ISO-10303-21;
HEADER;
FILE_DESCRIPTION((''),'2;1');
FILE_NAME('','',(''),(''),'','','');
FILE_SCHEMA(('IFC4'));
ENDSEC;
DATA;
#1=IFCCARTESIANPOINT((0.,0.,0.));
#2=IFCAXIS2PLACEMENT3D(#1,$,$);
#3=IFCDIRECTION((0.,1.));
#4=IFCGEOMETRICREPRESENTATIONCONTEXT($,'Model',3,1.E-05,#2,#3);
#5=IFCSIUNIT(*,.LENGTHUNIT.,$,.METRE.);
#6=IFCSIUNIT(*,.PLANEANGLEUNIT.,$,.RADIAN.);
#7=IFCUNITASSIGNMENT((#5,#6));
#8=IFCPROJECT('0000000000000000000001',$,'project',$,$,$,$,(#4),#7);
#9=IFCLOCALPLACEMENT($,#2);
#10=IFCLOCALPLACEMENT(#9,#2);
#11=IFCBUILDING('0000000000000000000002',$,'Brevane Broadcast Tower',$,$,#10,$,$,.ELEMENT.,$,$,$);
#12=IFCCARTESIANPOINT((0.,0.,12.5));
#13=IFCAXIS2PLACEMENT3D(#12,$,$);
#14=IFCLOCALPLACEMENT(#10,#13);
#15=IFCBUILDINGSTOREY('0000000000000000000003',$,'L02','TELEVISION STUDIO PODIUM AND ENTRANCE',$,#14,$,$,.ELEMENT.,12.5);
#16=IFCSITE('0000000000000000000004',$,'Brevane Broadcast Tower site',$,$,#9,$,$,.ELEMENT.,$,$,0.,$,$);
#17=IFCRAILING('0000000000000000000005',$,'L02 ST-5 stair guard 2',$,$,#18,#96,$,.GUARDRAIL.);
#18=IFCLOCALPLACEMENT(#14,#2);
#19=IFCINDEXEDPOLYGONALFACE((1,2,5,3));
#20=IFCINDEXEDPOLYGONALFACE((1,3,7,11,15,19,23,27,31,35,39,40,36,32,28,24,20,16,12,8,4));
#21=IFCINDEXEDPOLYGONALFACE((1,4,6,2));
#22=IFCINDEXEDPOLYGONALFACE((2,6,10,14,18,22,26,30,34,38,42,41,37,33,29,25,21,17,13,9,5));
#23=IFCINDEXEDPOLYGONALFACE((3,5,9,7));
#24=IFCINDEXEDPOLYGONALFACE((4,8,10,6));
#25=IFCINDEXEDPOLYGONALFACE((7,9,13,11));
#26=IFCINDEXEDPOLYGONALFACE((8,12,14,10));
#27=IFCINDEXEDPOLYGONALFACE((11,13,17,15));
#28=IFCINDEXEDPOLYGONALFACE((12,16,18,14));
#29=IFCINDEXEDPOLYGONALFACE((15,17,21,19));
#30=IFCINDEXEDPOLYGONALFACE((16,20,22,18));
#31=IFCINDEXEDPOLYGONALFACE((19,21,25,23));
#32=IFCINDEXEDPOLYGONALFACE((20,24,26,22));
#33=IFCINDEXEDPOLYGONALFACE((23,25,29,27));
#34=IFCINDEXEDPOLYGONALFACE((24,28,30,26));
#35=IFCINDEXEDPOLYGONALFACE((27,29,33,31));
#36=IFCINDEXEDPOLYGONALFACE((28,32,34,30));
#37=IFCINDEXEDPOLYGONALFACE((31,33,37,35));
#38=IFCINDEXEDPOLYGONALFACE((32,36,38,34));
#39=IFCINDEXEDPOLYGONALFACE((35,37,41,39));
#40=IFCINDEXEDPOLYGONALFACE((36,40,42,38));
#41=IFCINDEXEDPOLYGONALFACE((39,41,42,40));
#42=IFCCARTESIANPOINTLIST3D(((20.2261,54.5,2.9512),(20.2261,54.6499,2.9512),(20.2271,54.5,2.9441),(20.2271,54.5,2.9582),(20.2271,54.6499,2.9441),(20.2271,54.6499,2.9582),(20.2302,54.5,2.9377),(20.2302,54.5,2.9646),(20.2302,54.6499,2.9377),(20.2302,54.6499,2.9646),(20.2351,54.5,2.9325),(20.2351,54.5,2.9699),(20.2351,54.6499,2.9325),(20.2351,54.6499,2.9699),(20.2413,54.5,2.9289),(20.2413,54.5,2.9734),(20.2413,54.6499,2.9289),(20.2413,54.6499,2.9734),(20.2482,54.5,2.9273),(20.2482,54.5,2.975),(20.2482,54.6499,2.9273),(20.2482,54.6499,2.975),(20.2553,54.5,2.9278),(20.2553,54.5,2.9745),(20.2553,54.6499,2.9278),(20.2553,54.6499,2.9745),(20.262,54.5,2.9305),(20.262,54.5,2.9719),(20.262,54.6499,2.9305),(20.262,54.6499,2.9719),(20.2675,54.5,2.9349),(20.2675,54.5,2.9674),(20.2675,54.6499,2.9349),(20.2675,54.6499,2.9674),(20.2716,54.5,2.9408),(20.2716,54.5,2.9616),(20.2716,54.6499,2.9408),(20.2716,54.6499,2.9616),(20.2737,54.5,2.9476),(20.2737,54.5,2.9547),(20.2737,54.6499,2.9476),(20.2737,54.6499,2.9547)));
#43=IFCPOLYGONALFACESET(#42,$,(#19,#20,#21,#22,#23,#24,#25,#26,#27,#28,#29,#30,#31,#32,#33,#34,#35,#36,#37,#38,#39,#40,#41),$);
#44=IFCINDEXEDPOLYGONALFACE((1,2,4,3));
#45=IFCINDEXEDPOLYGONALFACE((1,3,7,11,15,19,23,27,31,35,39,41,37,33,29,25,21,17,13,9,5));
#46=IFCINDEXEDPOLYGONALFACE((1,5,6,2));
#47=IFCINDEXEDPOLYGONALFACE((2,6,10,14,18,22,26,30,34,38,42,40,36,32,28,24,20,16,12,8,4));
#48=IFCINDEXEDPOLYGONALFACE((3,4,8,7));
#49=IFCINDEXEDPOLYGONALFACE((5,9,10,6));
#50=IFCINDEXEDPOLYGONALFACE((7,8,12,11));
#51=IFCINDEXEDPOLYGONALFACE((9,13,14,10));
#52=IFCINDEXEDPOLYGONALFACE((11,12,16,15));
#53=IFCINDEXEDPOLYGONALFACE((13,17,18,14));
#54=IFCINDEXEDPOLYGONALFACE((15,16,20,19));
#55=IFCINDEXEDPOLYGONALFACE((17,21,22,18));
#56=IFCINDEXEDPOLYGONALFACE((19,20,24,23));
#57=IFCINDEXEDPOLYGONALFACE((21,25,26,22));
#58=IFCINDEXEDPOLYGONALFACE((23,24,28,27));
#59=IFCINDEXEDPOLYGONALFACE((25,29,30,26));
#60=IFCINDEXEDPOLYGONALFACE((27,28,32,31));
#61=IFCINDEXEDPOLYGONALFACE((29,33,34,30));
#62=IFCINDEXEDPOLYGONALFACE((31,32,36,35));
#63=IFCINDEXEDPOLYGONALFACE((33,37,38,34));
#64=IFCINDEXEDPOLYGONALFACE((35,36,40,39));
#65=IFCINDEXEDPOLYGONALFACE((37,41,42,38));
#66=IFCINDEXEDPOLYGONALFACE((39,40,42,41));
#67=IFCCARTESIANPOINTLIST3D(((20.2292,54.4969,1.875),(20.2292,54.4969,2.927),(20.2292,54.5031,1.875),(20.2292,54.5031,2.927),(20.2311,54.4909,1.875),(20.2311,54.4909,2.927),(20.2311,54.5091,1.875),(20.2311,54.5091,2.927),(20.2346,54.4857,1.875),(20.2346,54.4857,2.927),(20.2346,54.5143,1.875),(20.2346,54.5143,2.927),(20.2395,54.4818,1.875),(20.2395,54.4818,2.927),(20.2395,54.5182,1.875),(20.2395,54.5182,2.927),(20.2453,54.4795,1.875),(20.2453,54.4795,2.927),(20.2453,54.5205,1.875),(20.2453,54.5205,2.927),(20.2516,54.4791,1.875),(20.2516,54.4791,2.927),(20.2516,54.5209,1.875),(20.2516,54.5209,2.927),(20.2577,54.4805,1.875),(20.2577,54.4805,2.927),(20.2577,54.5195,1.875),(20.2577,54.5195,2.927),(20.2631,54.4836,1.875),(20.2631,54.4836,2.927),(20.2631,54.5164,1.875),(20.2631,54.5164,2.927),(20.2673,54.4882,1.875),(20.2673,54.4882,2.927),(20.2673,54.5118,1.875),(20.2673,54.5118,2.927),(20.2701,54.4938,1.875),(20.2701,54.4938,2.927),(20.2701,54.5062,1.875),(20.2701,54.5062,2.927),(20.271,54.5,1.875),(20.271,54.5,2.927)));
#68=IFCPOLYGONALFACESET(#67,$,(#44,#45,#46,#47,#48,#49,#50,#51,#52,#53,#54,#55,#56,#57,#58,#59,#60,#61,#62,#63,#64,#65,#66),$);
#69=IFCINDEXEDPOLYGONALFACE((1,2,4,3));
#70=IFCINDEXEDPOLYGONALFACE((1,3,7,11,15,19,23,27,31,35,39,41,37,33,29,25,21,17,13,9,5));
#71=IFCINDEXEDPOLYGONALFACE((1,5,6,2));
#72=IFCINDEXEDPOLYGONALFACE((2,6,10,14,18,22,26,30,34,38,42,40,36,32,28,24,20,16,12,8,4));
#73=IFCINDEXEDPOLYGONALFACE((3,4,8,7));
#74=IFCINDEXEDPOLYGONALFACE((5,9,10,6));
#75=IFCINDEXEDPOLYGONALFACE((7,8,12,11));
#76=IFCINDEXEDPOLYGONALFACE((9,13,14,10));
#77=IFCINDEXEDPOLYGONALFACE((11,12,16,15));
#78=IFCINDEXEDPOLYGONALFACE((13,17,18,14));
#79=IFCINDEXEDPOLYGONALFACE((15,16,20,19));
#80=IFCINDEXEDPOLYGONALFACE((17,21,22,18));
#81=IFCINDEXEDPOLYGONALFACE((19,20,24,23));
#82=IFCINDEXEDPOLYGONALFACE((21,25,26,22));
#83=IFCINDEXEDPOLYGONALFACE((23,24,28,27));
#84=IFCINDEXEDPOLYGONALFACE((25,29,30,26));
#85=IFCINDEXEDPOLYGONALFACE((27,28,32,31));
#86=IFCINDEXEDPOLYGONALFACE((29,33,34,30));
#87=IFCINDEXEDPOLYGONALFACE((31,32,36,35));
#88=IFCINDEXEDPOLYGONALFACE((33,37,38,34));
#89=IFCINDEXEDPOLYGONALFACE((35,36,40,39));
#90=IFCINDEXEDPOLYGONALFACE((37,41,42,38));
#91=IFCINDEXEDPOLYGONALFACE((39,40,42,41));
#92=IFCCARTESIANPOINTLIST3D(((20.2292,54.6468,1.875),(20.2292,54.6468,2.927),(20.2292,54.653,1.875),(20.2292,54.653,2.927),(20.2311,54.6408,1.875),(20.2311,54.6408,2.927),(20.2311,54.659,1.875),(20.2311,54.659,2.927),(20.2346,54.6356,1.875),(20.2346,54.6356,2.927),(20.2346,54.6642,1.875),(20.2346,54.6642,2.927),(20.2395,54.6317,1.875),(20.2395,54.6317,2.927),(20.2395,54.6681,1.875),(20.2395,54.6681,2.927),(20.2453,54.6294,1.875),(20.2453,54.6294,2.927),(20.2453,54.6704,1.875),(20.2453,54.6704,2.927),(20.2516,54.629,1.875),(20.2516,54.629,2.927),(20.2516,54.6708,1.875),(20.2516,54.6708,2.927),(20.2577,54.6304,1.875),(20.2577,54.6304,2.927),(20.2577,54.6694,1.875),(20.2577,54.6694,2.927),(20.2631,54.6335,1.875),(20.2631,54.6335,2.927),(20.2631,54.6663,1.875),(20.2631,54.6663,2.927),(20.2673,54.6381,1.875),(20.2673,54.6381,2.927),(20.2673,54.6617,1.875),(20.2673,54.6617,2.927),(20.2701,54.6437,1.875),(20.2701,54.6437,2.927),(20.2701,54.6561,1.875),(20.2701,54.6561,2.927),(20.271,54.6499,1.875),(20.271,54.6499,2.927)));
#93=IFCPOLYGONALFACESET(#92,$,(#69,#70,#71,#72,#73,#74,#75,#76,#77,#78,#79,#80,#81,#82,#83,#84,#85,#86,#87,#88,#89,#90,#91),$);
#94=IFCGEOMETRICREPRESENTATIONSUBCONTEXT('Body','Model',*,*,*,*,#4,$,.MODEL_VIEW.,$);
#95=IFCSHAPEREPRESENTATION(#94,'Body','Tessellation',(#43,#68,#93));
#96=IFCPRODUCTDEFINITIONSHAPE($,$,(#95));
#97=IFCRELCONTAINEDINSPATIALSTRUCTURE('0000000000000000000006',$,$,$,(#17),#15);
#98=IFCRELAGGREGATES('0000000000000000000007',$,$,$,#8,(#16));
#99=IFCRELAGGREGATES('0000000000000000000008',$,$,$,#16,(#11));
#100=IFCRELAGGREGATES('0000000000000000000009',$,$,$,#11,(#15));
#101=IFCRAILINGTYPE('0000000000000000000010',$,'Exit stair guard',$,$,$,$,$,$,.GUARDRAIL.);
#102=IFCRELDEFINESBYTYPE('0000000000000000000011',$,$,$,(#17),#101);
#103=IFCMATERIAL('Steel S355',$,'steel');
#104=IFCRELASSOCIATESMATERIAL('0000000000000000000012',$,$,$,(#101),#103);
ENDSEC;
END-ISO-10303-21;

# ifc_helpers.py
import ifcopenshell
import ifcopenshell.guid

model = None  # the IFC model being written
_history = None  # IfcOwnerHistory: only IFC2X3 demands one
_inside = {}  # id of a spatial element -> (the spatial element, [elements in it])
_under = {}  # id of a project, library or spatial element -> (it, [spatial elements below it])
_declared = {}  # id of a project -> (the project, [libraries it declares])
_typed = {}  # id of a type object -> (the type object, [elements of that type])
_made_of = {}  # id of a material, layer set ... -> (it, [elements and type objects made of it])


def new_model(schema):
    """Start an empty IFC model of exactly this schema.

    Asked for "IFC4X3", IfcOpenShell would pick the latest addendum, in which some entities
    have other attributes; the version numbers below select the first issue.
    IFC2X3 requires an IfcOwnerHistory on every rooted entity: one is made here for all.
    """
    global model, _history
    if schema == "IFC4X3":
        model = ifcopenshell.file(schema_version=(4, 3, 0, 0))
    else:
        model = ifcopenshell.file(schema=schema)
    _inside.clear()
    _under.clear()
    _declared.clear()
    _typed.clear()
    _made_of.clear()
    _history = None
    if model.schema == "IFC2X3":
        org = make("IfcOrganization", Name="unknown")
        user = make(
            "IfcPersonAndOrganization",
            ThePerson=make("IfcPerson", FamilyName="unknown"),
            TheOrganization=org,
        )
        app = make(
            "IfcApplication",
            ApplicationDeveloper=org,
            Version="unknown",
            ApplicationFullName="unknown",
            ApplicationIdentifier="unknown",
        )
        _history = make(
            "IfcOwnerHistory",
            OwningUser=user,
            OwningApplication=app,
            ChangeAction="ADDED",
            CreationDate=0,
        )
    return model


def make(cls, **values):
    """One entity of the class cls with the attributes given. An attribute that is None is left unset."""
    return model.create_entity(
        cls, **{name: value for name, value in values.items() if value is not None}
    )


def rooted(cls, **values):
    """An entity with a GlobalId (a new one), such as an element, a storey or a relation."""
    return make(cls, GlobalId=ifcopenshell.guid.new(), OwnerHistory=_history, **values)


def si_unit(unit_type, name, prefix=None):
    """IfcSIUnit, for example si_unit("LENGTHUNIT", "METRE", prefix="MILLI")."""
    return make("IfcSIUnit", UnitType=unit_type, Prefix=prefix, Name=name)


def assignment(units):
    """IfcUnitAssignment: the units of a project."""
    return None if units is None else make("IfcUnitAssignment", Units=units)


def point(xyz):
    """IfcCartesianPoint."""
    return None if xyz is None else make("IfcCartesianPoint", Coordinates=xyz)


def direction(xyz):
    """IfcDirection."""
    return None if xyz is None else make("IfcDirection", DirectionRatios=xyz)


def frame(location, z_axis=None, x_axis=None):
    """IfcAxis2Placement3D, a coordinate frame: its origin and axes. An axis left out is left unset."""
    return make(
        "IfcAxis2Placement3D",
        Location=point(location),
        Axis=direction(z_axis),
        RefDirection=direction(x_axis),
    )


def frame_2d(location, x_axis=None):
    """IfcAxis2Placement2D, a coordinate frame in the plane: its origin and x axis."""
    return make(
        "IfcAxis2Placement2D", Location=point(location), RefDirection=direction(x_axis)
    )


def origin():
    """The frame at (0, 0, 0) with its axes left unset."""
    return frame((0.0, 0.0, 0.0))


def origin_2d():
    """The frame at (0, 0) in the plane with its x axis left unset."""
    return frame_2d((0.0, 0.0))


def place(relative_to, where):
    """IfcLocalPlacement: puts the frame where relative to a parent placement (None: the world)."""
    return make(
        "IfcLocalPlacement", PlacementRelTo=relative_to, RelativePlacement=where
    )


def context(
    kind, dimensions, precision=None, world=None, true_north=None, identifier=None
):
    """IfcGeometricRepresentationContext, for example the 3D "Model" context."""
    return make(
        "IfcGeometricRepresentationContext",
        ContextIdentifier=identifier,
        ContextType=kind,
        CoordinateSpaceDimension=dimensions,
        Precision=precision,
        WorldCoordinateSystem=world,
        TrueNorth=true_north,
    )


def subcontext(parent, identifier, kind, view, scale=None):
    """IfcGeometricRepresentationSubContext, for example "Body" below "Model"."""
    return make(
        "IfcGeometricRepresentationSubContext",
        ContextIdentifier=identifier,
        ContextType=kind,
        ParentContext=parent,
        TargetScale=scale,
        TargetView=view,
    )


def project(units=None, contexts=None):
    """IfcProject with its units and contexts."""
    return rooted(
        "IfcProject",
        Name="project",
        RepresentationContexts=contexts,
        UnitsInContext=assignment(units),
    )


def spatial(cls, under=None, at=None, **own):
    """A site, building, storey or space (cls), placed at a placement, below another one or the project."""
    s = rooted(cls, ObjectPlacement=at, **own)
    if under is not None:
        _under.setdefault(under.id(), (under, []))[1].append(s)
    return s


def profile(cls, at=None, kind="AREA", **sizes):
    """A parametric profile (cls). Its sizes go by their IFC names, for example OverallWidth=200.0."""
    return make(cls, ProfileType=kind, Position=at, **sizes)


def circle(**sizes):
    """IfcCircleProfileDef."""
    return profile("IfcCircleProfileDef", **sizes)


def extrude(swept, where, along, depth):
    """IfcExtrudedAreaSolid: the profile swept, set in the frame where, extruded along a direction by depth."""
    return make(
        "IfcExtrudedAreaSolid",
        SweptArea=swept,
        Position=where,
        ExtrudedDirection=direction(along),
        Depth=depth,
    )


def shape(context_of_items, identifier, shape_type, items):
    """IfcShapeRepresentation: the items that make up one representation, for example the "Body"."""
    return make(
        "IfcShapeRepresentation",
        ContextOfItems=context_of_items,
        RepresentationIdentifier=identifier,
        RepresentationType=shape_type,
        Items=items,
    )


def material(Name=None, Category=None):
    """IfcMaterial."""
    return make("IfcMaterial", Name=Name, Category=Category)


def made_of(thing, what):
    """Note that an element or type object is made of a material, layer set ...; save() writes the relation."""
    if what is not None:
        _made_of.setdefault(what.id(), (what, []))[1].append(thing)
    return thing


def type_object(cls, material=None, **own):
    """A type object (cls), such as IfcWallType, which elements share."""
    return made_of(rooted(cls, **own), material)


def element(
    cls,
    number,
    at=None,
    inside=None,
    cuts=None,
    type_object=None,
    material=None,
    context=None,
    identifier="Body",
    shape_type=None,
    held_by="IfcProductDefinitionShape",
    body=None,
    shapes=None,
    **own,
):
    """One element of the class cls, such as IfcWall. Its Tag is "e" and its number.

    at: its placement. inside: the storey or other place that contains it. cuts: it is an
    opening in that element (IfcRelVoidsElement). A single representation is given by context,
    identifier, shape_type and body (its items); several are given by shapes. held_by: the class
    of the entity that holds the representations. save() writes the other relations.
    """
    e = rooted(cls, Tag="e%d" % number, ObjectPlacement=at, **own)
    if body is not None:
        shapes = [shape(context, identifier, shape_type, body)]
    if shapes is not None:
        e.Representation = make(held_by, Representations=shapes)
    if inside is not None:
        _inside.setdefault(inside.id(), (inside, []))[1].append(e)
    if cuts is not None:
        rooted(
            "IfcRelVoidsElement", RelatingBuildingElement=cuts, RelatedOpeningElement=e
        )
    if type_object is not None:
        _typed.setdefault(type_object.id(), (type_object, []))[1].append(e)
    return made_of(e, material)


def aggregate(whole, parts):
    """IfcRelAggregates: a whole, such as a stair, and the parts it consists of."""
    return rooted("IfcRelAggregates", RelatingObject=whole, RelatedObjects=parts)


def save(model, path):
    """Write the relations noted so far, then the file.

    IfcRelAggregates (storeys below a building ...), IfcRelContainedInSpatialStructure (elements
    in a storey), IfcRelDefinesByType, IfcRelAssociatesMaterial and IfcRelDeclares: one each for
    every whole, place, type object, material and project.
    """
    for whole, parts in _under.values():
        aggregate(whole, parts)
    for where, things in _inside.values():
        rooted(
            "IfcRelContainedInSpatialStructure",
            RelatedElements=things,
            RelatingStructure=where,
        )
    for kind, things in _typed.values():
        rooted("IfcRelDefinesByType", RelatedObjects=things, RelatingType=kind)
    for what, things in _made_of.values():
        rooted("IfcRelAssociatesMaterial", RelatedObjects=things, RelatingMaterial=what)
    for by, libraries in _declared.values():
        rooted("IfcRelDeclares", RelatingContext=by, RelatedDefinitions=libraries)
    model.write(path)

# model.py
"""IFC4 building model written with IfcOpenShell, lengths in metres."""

from ifc_helpers import new_model, si_unit, direction, frame, origin, origin_2d, place, context, subcontext, project, spatial, circle, extrude, material, type_object, element, save


model = new_model("IFC4")

# Units and contexts
model_context = context("Model", 3, precision=1e-05, world=origin(), true_north=direction((0.0, 1.0)))
body_context = subcontext(model_context, "Body", "Model", "MODEL_VIEW")
ifc_project = project(units=[si_unit("LENGTHUNIT", "METRE"), si_unit("PLANEANGLEUNIT", "RADIAN")], contexts=[model_context])

# Site, building, storey
site_placement = place(None, origin())
site = spatial("IfcSite", under=ifc_project, at=site_placement, Name="Brevane Broadcast Tower site", CompositionType="ELEMENT", RefElevation=0.0)
building_placement = place(site_placement, origin())
building = spatial("IfcBuilding", under=site, at=building_placement, Name="Brevane Broadcast Tower", CompositionType="ELEMENT")
storey_placement = place(building_placement, frame((0.0, 0.0, 12.5)))
storey = spatial("IfcBuildingStorey", under=building, at=storey_placement, Name="L02", Description="TELEVISION STUDIO PODIUM AND ENTRANCE", CompositionType="ELEMENT", Elevation=12.5)

# Railing
ifc_material_1 = material(Name="Steel S355", Category="steel")
railing_type_1 = type_object("IfcRailingType", Name="Exit stair guard", PredefinedType="GUARDRAIL", material=ifc_material_1)
railing_1_placement = place(storey_placement, frame((20.25, 54.5, 1.875)))
element("IfcRailing", 1, at=railing_1_placement, inside=storey, type_object=railing_type_1, Name="L02 ST-5 stair guard 2", PredefinedType="GUARDRAIL", context=body_context, shape_type="SweptSolid", body=[
    extrude(circle(Radius=0.0239, at=origin_2d()), frame((0.0, 0.0, 1.0762), z_axis=(0.0, 1.0, 0.0), x_axis=(-1.0, 0.0, 0.0)), (0.0, 0.0, 1.0), 0.1499),
    extrude(circle(Radius=0.021, at=origin_2d()), origin(), (0.0, 0.0, 1.0), 1.052),
    extrude(circle(Radius=0.021, at=origin_2d()), frame((0.0, 0.1499, 0.0)), (0.0, 0.0, 1.0), 1.052),
])

save(model, "model.ifc")
